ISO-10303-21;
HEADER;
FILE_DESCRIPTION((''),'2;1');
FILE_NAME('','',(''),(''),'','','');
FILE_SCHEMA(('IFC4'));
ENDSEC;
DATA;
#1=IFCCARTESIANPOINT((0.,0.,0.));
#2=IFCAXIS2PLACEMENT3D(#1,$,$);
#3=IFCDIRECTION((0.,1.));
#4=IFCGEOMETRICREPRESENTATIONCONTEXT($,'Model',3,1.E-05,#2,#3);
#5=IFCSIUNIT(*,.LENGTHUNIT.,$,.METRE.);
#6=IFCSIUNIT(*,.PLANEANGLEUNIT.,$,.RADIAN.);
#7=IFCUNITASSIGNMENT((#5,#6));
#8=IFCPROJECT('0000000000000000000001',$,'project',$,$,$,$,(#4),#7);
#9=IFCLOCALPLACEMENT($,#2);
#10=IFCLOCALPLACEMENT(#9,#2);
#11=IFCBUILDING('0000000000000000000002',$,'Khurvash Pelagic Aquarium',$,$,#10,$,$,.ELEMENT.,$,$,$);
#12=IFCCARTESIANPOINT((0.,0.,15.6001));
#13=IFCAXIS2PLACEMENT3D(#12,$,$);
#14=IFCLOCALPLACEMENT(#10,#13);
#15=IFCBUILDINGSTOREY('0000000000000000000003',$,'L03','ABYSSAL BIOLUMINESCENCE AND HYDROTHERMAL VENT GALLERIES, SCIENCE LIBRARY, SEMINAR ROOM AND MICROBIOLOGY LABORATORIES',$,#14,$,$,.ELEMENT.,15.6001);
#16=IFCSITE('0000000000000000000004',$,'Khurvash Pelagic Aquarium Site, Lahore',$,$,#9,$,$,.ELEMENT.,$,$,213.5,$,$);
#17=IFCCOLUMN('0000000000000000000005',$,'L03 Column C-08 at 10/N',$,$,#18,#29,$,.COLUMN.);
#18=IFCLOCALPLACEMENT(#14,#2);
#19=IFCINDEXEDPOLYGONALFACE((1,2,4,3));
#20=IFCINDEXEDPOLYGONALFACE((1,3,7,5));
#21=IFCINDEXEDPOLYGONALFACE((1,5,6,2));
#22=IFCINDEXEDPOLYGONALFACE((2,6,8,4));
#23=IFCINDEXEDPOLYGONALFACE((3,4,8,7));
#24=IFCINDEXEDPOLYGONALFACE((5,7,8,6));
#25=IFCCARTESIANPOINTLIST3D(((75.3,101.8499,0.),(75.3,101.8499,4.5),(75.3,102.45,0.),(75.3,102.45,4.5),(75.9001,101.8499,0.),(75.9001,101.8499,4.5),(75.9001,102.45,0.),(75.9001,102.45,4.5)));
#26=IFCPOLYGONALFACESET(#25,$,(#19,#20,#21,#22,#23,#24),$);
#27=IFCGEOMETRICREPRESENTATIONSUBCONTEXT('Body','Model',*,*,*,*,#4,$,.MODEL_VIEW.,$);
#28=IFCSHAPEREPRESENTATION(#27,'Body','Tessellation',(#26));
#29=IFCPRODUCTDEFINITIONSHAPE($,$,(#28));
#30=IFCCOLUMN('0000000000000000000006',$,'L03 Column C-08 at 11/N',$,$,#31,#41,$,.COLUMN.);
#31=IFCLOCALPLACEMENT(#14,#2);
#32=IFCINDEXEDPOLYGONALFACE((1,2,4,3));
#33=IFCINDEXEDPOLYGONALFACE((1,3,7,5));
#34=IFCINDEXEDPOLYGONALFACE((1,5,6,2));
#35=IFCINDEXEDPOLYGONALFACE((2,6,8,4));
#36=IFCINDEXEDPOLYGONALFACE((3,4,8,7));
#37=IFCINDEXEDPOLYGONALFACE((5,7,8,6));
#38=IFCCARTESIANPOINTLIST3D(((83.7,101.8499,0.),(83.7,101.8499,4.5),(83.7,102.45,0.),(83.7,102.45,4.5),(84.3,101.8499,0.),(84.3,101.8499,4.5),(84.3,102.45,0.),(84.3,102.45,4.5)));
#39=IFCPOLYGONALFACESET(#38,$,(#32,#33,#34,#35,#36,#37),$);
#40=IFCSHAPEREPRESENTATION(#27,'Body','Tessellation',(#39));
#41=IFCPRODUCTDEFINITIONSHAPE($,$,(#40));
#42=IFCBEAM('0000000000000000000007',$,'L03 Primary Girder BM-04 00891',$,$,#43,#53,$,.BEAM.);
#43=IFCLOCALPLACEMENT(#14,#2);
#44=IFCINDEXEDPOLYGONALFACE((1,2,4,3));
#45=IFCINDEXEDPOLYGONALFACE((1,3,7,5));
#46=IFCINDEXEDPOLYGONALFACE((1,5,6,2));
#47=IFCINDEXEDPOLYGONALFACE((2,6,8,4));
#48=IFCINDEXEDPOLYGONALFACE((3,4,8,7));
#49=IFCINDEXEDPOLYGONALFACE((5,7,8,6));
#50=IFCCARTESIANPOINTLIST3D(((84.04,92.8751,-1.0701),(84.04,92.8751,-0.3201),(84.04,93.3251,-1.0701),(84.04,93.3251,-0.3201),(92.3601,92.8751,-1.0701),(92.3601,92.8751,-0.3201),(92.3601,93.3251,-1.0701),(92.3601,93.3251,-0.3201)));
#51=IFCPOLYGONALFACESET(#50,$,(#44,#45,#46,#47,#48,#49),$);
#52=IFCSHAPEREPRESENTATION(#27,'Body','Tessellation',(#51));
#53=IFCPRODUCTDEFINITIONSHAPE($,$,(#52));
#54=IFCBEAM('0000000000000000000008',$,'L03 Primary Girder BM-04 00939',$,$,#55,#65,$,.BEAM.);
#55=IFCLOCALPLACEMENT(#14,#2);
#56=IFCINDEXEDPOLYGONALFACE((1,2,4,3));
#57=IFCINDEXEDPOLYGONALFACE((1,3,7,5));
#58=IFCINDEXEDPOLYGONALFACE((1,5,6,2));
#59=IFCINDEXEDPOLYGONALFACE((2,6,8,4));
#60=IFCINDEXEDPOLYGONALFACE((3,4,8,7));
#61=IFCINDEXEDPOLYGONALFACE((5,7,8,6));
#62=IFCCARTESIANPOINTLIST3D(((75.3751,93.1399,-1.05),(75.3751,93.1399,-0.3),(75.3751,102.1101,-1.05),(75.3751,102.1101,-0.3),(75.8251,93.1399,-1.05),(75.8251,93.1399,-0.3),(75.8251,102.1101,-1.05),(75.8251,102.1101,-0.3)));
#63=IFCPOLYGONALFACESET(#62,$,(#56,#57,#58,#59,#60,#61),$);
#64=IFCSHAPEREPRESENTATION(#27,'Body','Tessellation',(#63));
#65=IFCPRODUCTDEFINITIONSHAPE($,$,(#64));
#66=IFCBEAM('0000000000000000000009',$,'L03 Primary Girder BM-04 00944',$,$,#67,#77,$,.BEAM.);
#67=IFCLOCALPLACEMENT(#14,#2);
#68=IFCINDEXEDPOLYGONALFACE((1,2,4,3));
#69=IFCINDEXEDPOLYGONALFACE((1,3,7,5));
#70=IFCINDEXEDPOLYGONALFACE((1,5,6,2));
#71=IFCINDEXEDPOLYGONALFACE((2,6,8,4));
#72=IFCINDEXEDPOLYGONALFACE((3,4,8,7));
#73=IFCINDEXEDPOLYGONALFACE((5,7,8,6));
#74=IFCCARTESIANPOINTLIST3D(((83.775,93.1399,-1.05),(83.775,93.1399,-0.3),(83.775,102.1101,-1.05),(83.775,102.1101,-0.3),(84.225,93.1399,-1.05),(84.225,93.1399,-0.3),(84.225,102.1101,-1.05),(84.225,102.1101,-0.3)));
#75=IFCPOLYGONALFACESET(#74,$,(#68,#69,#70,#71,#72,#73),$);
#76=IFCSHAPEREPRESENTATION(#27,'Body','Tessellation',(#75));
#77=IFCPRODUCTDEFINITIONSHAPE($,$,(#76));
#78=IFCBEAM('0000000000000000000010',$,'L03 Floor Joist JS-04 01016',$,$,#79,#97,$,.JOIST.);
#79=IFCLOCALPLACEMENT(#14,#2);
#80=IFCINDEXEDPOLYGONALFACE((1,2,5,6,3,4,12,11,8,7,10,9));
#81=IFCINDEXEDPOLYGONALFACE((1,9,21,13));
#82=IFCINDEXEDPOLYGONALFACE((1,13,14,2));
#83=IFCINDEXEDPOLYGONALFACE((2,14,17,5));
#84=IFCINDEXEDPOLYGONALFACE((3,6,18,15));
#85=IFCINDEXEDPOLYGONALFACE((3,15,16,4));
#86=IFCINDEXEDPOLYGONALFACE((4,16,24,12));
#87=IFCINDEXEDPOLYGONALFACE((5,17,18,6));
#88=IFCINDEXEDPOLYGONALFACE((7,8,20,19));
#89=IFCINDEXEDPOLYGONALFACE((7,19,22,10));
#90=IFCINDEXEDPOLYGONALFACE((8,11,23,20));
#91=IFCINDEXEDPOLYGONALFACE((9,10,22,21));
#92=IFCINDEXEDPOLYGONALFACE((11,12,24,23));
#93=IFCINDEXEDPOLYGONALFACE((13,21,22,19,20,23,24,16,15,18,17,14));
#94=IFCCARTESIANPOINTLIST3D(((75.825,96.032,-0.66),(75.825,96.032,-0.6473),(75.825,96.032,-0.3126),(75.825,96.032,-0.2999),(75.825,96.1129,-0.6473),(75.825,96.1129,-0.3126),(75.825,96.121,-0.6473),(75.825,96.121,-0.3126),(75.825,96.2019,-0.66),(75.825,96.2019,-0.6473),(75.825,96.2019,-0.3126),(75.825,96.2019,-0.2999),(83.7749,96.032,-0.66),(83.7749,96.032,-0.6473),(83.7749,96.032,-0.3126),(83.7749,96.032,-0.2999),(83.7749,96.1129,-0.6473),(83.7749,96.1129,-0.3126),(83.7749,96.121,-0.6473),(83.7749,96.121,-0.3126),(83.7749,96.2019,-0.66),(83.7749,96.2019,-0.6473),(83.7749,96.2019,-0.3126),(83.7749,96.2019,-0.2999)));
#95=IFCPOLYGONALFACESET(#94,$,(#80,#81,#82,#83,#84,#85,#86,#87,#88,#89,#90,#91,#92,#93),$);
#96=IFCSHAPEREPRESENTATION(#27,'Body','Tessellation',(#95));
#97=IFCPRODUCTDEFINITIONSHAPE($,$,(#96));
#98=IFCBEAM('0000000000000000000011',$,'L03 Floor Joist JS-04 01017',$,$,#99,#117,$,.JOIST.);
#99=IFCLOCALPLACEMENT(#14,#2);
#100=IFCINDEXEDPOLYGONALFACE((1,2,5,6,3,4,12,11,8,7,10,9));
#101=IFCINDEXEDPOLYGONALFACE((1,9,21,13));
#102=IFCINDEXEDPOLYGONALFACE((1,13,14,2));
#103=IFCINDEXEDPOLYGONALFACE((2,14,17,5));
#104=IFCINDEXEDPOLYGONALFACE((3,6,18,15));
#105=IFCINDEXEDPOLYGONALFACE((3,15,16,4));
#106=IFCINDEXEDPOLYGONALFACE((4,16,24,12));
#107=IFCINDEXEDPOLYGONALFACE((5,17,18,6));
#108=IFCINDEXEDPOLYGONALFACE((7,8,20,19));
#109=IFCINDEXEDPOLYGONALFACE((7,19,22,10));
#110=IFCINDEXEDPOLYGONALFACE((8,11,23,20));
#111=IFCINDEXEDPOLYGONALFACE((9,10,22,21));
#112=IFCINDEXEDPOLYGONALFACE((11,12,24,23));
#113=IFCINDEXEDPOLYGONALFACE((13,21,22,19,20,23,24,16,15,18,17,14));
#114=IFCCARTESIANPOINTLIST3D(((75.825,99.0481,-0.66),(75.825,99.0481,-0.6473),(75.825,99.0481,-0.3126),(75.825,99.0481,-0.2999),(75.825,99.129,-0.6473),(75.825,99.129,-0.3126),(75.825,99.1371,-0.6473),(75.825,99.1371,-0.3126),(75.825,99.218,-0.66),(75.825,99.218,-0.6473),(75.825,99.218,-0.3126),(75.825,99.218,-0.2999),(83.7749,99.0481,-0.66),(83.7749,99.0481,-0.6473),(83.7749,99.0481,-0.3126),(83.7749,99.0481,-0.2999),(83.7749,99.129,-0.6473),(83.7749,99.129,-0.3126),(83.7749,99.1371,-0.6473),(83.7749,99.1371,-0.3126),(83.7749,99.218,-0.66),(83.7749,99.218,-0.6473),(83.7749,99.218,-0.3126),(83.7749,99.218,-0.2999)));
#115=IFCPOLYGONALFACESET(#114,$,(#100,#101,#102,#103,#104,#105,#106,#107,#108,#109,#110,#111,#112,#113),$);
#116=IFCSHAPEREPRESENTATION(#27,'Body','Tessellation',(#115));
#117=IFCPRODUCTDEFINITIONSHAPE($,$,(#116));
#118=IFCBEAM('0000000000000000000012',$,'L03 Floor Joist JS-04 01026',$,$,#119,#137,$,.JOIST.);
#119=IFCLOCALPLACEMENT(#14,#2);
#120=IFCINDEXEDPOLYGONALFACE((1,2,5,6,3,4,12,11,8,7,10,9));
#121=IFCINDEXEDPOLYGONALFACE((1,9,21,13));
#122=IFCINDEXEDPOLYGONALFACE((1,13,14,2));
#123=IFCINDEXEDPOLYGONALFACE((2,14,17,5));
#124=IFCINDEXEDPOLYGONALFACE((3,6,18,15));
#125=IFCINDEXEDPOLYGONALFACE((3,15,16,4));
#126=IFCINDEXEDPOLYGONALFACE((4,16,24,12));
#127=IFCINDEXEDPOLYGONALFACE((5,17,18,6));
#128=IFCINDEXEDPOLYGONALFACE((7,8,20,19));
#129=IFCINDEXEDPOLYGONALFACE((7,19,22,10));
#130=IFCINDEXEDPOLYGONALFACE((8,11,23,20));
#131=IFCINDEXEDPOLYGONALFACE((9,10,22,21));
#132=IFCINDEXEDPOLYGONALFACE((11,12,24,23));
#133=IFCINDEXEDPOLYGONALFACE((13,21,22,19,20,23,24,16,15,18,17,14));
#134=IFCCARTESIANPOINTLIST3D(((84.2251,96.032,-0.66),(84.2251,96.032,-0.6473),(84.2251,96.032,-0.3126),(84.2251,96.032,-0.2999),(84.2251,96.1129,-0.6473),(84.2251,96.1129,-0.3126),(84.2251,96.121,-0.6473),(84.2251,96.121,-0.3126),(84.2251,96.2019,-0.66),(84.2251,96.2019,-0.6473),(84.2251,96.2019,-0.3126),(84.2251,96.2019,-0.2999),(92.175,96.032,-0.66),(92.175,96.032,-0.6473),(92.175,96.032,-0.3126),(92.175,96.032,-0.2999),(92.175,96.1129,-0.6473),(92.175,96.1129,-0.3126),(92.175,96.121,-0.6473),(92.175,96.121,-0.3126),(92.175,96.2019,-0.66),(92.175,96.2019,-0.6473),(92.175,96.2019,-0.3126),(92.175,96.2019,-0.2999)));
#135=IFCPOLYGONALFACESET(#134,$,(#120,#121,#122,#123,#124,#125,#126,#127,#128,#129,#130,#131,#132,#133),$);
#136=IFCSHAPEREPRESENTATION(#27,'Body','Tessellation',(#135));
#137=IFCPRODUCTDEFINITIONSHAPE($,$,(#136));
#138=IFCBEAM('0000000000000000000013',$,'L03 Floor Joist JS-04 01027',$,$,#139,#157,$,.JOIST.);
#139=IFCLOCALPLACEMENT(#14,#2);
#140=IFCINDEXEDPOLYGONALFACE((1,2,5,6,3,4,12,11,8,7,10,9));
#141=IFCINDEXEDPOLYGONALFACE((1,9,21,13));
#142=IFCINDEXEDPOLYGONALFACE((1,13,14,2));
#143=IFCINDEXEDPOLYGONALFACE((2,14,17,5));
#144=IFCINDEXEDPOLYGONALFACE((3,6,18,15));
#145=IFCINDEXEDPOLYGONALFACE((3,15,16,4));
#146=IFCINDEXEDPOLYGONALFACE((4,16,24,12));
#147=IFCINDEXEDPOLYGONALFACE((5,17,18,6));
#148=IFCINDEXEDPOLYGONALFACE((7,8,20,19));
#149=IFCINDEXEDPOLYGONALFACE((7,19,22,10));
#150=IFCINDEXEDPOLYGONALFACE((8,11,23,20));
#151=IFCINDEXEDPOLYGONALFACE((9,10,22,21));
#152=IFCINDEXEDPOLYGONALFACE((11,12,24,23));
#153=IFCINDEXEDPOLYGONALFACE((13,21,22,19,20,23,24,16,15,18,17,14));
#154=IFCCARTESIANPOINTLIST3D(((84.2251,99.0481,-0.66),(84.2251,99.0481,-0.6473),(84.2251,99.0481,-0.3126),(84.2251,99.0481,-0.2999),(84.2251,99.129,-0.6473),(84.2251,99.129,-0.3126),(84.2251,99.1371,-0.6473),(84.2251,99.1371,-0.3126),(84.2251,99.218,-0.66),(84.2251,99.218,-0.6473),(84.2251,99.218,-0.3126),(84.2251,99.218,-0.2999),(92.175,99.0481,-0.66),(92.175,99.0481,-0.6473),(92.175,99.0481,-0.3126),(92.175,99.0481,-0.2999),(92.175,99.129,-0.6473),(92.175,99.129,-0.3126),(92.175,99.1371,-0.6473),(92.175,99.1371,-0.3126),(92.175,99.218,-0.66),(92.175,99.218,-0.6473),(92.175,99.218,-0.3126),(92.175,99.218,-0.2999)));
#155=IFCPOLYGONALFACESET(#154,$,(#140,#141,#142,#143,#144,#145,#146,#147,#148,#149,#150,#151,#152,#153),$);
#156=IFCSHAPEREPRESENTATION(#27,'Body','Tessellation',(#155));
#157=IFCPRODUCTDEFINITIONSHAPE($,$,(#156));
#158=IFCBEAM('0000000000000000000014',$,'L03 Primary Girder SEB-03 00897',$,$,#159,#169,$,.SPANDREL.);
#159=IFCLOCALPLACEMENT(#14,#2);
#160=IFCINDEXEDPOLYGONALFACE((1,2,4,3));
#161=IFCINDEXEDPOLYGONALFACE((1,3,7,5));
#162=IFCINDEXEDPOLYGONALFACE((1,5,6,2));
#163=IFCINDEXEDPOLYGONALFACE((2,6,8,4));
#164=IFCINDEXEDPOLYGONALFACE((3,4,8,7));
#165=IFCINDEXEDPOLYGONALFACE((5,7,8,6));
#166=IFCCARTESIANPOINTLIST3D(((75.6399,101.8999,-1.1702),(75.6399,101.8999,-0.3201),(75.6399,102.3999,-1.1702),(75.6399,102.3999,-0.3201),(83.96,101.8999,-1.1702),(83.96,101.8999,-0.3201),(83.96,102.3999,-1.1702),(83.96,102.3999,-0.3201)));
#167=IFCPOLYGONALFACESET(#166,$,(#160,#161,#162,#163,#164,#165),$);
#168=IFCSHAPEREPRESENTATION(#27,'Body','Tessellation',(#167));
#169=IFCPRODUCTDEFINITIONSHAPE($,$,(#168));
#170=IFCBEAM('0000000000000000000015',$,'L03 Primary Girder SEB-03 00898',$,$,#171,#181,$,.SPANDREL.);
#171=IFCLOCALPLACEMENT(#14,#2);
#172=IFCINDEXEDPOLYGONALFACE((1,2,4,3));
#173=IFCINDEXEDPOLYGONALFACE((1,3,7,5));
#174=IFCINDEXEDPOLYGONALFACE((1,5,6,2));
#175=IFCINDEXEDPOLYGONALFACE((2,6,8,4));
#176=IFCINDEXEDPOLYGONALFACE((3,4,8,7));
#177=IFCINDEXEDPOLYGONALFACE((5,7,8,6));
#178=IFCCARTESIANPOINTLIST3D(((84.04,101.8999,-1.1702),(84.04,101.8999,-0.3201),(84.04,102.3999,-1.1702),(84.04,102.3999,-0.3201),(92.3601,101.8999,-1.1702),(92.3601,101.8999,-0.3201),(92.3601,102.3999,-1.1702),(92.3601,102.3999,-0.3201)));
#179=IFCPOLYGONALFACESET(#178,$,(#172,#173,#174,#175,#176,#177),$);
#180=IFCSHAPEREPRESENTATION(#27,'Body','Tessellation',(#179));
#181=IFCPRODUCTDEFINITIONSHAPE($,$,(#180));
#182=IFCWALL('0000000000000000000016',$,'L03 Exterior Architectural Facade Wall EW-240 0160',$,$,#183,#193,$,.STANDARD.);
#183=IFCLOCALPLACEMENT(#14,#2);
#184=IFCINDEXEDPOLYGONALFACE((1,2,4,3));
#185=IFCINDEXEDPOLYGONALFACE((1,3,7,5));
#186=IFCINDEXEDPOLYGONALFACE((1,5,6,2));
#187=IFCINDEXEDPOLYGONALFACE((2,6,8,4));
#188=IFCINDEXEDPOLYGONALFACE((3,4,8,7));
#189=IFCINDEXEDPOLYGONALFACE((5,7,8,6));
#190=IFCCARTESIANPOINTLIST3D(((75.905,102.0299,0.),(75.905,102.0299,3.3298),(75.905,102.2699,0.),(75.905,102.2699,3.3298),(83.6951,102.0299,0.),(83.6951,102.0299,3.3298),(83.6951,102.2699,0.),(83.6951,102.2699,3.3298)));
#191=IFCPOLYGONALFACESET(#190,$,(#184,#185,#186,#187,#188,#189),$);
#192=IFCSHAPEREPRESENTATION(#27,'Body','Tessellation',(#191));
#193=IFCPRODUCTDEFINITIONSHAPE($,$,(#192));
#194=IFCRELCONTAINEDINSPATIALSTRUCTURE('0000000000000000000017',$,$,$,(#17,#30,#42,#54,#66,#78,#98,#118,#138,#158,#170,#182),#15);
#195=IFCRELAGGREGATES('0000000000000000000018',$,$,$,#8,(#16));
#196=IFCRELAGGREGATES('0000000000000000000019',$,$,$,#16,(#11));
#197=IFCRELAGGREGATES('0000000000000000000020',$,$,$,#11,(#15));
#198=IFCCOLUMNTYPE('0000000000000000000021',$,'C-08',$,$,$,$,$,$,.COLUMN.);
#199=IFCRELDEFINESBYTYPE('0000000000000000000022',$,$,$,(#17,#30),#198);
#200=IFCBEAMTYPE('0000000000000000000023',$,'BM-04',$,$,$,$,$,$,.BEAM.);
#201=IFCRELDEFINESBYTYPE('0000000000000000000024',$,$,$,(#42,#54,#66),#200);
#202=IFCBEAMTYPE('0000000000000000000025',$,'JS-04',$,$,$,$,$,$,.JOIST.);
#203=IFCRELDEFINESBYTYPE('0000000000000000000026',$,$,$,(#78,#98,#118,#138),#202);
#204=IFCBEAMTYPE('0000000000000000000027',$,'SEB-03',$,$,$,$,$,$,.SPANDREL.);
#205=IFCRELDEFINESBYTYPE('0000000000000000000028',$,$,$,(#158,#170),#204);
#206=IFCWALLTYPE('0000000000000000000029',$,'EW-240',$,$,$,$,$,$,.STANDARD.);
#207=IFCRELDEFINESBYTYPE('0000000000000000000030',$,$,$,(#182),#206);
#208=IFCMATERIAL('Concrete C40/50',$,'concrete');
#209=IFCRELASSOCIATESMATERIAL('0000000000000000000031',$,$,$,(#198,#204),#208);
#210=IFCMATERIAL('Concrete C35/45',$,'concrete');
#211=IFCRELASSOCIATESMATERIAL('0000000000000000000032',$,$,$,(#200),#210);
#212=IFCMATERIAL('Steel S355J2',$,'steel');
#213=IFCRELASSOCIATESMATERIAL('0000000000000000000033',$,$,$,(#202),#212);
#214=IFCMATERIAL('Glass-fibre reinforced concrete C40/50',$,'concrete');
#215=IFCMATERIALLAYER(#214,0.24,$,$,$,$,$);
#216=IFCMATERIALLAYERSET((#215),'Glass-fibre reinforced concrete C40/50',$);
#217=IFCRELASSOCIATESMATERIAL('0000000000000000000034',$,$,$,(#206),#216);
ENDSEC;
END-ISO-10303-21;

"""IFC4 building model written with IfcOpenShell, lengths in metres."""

from ifc_helpers import new_model, si_unit, direction, frame, frame_2d, origin, origin_2d, place, context, subcontext, project, spatial, rectangle, i_section, extrude, material, layer, layer_set, material_profile, profile_set, type_object, element, save


model = new_model("IFC4")

# Units and contexts
model_context = context("Model", 3, precision=1e-05, world=origin(), true_north=direction((0.0, 1.0)))
body_context = subcontext(model_context, "Body", "Model", "MODEL_VIEW")
ifc_project = project(units=[si_unit("LENGTHUNIT", "METRE"), si_unit("PLANEANGLEUNIT", "RADIAN")], contexts=[model_context])

# Site, building, storey
site_placement = place(None, origin())
site = spatial("IfcSite", under=ifc_project, at=site_placement, Name="Khurvash Pelagic Aquarium Site, Lahore", CompositionType="ELEMENT", RefElevation=213.5)
building_placement = place(site_placement, origin())
building = spatial("IfcBuilding", under=site, at=building_placement, Name="Khurvash Pelagic Aquarium", CompositionType="ELEMENT")
storey_placement = place(building_placement, frame((0.0, 0.0, 15.6001)))
storey = spatial("IfcBuildingStorey", under=building, at=storey_placement, Name="L03", Description="ABYSSAL BIOLUMINESCENCE AND HYDROTHERMAL VENT GALLERIES, SCIENCE LIBRARY, SEMINAR ROOM AND MICROBIOLOGY LABORATORIES", CompositionType="ELEMENT", Elevation=15.6001)

# Columns
ifc_material_1 = material(Name="Concrete C40/50", Category="concrete")
ifc_material_profile_1 = material_profile(ifc_material_1, rectangle(XDim=0.6001, YDim=0.6001, at=origin_2d()), Name="RC600X600")
ifc_profile_set_1 = profile_set([ifc_material_profile_1], Name="Concrete C40/50")
column_type = type_object("IfcColumnType", Name="C-08", PredefinedType="COLUMN", material=ifc_profile_set_1)
for number, where, z_axis, x_axis, name in (
    (1, (75.6001, 102.1499, 0.0), (0.0, 0.0, 1.0), (1.0, 0.0, 0.0), "L03 Column C-08 at 10/N"),
    (2, (84.0, 102.1499, 0.0), (0.0, 0.0, 1.0), (1.0, 0.0, 0.0), "L03 Column C-08 at 11/N"),
):
    element("IfcColumn", number, at=place(storey_placement, frame(where, z_axis=z_axis, x_axis=x_axis)), inside=storey, type_object=column_type, Name=name, PredefinedType="COLUMN", context=body_context, shape_type="SweptSolid", body=[
        extrude(rectangle(XDim=0.6001, YDim=0.6001, at=origin_2d()), origin(), (0.0, 0.0, 1.0), 4.5),
    ])

# Beams
ifc_material_2 = material(Name="Concrete C35/45", Category="concrete")
ifc_material_profile_2 = material_profile(ifc_material_2, rectangle(XDim=0.45, YDim=0.75, at=origin_2d()), Name="RC450X750")
ifc_profile_set_2 = profile_set([ifc_material_profile_2], Name="Concrete C35/45")
beam_type_1 = type_object("IfcBeamType", Name="BM-04", PredefinedType="BEAM", material=ifc_profile_set_2)
beam_placement = place(storey_placement, frame((84.04, 93.1001, -0.6951), z_axis=(1.0, 0.0, 0.0), x_axis=(0.0, 1.0, 0.0)))
element("IfcBeam", 3, at=beam_placement, inside=storey, type_object=beam_type_1, Name="L03 Primary Girder BM-04 00891", PredefinedType="BEAM", context=body_context, shape_type="SweptSolid", body=[
    extrude(rectangle(XDim=0.45, YDim=0.75, at=origin_2d()), origin(), (0.0, 0.0, 1.0), 8.3201),
])
for number, where, z_axis, x_axis, name in (
    (4, (75.6001, 93.1399, -0.675), (0.0, 1.0, 0.0), (-1.0, 0.0, 0.0), "L03 Primary Girder BM-04 00939"),
    (5, (84.0, 93.1399, -0.675), (0.0, 1.0, 0.0), (-1.0, 0.0, 0.0), "L03 Primary Girder BM-04 00944"),
):
    element("IfcBeam", number, at=place(storey_placement, frame(where, z_axis=z_axis, x_axis=x_axis)), inside=storey, type_object=beam_type_1, Name=name, PredefinedType="BEAM", context=body_context, shape_type="SweptSolid", body=[
        extrude(rectangle(XDim=0.45, YDim=0.75, at=origin_2d()), origin(), (0.0, 0.0, 1.0), 8.9702),
    ])
ifc_material_3 = material(Name="Steel S355J2", Category="steel")
ifc_material_profile_3 = material_profile(ifc_material_3, i_section(OverallWidth=0.1699, OverallDepth=0.3601, WebThickness=0.0081, FlangeThickness=0.0127, at=origin_2d()), Name="IPE360")
ifc_profile_set_3 = profile_set([ifc_material_profile_3], Name="Steel S355J2")
beam_type_2 = type_object("IfcBeamType", Name="JS-04", PredefinedType="JOIST", material=ifc_profile_set_3)
for number, where, z_axis, x_axis, name in (
    (6, (75.825, 96.1169, -0.48), (1.0, 0.0, 0.0), (0.0, 1.0, 0.0), "L03 Floor Joist JS-04 01016"),
    (7, (75.825, 99.1331, -0.48), (1.0, 0.0, 0.0), (0.0, 1.0, 0.0), "L03 Floor Joist JS-04 01017"),
    (8, (84.2251, 96.1169, -0.48), (1.0, 0.0, 0.0), (0.0, 1.0, 0.0), "L03 Floor Joist JS-04 01026"),
    (9, (84.2251, 99.1331, -0.48), (1.0, 0.0, 0.0), (0.0, 1.0, 0.0), "L03 Floor Joist JS-04 01027"),
):
    element("IfcBeam", number, at=place(storey_placement, frame(where, z_axis=z_axis, x_axis=x_axis)), inside=storey, type_object=beam_type_2, Name=name, PredefinedType="JOIST", context=body_context, shape_type="SweptSolid", body=[
        extrude(i_section(OverallWidth=0.1699, OverallDepth=0.3601, WebThickness=0.0081, FlangeThickness=0.0127, at=origin_2d()), origin(), (0.0, 0.0, 1.0), 7.95),
    ])
ifc_material_profile_4 = material_profile(ifc_material_1, rectangle(XDim=0.5, YDim=0.8501, at=origin_2d()), Name="RC500X850")
ifc_profile_set_4 = profile_set([ifc_material_profile_4], Name="Concrete C40/50")
beam_type_3 = type_object("IfcBeamType", Name="SEB-03", PredefinedType="SPANDREL", material=ifc_profile_set_4)
for number, where, z_axis, x_axis, name in (
    (10, (75.6399, 102.1499, -0.7451), (1.0, 0.0, 0.0), (0.0, 1.0, 0.0), "L03 Primary Girder SEB-03 00897"),
    (11, (84.04, 102.1499, -0.7451), (1.0, 0.0, 0.0), (0.0, 1.0, 0.0), "L03 Primary Girder SEB-03 00898"),
):
    element("IfcBeam", number, at=place(storey_placement, frame(where, z_axis=z_axis, x_axis=x_axis)), inside=storey, type_object=beam_type_3, Name=name, PredefinedType="SPANDREL", context=body_context, shape_type="SweptSolid", body=[
        extrude(rectangle(XDim=0.5, YDim=0.8501, at=origin_2d()), origin(), (0.0, 0.0, 1.0), 8.3201),
    ])

# Wall
ifc_material_4 = material(Name="Glass-fibre reinforced concrete C40/50", Category="concrete")
ifc_layer_1 = layer(ifc_material_4, 0.24)
ifc_layer_set_1 = layer_set([ifc_layer_1], Name="Glass-fibre reinforced concrete C40/50")
wall_type_1 = type_object("IfcWallType", Name="EW-240", PredefinedType="STANDARD", material=ifc_layer_set_1)
wall_1_placement = place(storey_placement, frame((83.6951, 102.1499, 0.0), z_axis=(0.0, 0.0, 1.0), x_axis=(-1.0, 0.0, 0.0)))
element("IfcWall", 12, at=wall_1_placement, inside=storey, type_object=wall_type_1, Name="L03 Exterior Architectural Facade Wall EW-240 0160", PredefinedType="STANDARD", context=body_context, shape_type="SweptSolid", body=[
    extrude(rectangle(XDim=7.79, YDim=0.24, at=frame_2d((3.895, 0.0))), origin(), (0.0, 0.0, 1.0), 3.3298),
])

save(model, "model.ifc")
